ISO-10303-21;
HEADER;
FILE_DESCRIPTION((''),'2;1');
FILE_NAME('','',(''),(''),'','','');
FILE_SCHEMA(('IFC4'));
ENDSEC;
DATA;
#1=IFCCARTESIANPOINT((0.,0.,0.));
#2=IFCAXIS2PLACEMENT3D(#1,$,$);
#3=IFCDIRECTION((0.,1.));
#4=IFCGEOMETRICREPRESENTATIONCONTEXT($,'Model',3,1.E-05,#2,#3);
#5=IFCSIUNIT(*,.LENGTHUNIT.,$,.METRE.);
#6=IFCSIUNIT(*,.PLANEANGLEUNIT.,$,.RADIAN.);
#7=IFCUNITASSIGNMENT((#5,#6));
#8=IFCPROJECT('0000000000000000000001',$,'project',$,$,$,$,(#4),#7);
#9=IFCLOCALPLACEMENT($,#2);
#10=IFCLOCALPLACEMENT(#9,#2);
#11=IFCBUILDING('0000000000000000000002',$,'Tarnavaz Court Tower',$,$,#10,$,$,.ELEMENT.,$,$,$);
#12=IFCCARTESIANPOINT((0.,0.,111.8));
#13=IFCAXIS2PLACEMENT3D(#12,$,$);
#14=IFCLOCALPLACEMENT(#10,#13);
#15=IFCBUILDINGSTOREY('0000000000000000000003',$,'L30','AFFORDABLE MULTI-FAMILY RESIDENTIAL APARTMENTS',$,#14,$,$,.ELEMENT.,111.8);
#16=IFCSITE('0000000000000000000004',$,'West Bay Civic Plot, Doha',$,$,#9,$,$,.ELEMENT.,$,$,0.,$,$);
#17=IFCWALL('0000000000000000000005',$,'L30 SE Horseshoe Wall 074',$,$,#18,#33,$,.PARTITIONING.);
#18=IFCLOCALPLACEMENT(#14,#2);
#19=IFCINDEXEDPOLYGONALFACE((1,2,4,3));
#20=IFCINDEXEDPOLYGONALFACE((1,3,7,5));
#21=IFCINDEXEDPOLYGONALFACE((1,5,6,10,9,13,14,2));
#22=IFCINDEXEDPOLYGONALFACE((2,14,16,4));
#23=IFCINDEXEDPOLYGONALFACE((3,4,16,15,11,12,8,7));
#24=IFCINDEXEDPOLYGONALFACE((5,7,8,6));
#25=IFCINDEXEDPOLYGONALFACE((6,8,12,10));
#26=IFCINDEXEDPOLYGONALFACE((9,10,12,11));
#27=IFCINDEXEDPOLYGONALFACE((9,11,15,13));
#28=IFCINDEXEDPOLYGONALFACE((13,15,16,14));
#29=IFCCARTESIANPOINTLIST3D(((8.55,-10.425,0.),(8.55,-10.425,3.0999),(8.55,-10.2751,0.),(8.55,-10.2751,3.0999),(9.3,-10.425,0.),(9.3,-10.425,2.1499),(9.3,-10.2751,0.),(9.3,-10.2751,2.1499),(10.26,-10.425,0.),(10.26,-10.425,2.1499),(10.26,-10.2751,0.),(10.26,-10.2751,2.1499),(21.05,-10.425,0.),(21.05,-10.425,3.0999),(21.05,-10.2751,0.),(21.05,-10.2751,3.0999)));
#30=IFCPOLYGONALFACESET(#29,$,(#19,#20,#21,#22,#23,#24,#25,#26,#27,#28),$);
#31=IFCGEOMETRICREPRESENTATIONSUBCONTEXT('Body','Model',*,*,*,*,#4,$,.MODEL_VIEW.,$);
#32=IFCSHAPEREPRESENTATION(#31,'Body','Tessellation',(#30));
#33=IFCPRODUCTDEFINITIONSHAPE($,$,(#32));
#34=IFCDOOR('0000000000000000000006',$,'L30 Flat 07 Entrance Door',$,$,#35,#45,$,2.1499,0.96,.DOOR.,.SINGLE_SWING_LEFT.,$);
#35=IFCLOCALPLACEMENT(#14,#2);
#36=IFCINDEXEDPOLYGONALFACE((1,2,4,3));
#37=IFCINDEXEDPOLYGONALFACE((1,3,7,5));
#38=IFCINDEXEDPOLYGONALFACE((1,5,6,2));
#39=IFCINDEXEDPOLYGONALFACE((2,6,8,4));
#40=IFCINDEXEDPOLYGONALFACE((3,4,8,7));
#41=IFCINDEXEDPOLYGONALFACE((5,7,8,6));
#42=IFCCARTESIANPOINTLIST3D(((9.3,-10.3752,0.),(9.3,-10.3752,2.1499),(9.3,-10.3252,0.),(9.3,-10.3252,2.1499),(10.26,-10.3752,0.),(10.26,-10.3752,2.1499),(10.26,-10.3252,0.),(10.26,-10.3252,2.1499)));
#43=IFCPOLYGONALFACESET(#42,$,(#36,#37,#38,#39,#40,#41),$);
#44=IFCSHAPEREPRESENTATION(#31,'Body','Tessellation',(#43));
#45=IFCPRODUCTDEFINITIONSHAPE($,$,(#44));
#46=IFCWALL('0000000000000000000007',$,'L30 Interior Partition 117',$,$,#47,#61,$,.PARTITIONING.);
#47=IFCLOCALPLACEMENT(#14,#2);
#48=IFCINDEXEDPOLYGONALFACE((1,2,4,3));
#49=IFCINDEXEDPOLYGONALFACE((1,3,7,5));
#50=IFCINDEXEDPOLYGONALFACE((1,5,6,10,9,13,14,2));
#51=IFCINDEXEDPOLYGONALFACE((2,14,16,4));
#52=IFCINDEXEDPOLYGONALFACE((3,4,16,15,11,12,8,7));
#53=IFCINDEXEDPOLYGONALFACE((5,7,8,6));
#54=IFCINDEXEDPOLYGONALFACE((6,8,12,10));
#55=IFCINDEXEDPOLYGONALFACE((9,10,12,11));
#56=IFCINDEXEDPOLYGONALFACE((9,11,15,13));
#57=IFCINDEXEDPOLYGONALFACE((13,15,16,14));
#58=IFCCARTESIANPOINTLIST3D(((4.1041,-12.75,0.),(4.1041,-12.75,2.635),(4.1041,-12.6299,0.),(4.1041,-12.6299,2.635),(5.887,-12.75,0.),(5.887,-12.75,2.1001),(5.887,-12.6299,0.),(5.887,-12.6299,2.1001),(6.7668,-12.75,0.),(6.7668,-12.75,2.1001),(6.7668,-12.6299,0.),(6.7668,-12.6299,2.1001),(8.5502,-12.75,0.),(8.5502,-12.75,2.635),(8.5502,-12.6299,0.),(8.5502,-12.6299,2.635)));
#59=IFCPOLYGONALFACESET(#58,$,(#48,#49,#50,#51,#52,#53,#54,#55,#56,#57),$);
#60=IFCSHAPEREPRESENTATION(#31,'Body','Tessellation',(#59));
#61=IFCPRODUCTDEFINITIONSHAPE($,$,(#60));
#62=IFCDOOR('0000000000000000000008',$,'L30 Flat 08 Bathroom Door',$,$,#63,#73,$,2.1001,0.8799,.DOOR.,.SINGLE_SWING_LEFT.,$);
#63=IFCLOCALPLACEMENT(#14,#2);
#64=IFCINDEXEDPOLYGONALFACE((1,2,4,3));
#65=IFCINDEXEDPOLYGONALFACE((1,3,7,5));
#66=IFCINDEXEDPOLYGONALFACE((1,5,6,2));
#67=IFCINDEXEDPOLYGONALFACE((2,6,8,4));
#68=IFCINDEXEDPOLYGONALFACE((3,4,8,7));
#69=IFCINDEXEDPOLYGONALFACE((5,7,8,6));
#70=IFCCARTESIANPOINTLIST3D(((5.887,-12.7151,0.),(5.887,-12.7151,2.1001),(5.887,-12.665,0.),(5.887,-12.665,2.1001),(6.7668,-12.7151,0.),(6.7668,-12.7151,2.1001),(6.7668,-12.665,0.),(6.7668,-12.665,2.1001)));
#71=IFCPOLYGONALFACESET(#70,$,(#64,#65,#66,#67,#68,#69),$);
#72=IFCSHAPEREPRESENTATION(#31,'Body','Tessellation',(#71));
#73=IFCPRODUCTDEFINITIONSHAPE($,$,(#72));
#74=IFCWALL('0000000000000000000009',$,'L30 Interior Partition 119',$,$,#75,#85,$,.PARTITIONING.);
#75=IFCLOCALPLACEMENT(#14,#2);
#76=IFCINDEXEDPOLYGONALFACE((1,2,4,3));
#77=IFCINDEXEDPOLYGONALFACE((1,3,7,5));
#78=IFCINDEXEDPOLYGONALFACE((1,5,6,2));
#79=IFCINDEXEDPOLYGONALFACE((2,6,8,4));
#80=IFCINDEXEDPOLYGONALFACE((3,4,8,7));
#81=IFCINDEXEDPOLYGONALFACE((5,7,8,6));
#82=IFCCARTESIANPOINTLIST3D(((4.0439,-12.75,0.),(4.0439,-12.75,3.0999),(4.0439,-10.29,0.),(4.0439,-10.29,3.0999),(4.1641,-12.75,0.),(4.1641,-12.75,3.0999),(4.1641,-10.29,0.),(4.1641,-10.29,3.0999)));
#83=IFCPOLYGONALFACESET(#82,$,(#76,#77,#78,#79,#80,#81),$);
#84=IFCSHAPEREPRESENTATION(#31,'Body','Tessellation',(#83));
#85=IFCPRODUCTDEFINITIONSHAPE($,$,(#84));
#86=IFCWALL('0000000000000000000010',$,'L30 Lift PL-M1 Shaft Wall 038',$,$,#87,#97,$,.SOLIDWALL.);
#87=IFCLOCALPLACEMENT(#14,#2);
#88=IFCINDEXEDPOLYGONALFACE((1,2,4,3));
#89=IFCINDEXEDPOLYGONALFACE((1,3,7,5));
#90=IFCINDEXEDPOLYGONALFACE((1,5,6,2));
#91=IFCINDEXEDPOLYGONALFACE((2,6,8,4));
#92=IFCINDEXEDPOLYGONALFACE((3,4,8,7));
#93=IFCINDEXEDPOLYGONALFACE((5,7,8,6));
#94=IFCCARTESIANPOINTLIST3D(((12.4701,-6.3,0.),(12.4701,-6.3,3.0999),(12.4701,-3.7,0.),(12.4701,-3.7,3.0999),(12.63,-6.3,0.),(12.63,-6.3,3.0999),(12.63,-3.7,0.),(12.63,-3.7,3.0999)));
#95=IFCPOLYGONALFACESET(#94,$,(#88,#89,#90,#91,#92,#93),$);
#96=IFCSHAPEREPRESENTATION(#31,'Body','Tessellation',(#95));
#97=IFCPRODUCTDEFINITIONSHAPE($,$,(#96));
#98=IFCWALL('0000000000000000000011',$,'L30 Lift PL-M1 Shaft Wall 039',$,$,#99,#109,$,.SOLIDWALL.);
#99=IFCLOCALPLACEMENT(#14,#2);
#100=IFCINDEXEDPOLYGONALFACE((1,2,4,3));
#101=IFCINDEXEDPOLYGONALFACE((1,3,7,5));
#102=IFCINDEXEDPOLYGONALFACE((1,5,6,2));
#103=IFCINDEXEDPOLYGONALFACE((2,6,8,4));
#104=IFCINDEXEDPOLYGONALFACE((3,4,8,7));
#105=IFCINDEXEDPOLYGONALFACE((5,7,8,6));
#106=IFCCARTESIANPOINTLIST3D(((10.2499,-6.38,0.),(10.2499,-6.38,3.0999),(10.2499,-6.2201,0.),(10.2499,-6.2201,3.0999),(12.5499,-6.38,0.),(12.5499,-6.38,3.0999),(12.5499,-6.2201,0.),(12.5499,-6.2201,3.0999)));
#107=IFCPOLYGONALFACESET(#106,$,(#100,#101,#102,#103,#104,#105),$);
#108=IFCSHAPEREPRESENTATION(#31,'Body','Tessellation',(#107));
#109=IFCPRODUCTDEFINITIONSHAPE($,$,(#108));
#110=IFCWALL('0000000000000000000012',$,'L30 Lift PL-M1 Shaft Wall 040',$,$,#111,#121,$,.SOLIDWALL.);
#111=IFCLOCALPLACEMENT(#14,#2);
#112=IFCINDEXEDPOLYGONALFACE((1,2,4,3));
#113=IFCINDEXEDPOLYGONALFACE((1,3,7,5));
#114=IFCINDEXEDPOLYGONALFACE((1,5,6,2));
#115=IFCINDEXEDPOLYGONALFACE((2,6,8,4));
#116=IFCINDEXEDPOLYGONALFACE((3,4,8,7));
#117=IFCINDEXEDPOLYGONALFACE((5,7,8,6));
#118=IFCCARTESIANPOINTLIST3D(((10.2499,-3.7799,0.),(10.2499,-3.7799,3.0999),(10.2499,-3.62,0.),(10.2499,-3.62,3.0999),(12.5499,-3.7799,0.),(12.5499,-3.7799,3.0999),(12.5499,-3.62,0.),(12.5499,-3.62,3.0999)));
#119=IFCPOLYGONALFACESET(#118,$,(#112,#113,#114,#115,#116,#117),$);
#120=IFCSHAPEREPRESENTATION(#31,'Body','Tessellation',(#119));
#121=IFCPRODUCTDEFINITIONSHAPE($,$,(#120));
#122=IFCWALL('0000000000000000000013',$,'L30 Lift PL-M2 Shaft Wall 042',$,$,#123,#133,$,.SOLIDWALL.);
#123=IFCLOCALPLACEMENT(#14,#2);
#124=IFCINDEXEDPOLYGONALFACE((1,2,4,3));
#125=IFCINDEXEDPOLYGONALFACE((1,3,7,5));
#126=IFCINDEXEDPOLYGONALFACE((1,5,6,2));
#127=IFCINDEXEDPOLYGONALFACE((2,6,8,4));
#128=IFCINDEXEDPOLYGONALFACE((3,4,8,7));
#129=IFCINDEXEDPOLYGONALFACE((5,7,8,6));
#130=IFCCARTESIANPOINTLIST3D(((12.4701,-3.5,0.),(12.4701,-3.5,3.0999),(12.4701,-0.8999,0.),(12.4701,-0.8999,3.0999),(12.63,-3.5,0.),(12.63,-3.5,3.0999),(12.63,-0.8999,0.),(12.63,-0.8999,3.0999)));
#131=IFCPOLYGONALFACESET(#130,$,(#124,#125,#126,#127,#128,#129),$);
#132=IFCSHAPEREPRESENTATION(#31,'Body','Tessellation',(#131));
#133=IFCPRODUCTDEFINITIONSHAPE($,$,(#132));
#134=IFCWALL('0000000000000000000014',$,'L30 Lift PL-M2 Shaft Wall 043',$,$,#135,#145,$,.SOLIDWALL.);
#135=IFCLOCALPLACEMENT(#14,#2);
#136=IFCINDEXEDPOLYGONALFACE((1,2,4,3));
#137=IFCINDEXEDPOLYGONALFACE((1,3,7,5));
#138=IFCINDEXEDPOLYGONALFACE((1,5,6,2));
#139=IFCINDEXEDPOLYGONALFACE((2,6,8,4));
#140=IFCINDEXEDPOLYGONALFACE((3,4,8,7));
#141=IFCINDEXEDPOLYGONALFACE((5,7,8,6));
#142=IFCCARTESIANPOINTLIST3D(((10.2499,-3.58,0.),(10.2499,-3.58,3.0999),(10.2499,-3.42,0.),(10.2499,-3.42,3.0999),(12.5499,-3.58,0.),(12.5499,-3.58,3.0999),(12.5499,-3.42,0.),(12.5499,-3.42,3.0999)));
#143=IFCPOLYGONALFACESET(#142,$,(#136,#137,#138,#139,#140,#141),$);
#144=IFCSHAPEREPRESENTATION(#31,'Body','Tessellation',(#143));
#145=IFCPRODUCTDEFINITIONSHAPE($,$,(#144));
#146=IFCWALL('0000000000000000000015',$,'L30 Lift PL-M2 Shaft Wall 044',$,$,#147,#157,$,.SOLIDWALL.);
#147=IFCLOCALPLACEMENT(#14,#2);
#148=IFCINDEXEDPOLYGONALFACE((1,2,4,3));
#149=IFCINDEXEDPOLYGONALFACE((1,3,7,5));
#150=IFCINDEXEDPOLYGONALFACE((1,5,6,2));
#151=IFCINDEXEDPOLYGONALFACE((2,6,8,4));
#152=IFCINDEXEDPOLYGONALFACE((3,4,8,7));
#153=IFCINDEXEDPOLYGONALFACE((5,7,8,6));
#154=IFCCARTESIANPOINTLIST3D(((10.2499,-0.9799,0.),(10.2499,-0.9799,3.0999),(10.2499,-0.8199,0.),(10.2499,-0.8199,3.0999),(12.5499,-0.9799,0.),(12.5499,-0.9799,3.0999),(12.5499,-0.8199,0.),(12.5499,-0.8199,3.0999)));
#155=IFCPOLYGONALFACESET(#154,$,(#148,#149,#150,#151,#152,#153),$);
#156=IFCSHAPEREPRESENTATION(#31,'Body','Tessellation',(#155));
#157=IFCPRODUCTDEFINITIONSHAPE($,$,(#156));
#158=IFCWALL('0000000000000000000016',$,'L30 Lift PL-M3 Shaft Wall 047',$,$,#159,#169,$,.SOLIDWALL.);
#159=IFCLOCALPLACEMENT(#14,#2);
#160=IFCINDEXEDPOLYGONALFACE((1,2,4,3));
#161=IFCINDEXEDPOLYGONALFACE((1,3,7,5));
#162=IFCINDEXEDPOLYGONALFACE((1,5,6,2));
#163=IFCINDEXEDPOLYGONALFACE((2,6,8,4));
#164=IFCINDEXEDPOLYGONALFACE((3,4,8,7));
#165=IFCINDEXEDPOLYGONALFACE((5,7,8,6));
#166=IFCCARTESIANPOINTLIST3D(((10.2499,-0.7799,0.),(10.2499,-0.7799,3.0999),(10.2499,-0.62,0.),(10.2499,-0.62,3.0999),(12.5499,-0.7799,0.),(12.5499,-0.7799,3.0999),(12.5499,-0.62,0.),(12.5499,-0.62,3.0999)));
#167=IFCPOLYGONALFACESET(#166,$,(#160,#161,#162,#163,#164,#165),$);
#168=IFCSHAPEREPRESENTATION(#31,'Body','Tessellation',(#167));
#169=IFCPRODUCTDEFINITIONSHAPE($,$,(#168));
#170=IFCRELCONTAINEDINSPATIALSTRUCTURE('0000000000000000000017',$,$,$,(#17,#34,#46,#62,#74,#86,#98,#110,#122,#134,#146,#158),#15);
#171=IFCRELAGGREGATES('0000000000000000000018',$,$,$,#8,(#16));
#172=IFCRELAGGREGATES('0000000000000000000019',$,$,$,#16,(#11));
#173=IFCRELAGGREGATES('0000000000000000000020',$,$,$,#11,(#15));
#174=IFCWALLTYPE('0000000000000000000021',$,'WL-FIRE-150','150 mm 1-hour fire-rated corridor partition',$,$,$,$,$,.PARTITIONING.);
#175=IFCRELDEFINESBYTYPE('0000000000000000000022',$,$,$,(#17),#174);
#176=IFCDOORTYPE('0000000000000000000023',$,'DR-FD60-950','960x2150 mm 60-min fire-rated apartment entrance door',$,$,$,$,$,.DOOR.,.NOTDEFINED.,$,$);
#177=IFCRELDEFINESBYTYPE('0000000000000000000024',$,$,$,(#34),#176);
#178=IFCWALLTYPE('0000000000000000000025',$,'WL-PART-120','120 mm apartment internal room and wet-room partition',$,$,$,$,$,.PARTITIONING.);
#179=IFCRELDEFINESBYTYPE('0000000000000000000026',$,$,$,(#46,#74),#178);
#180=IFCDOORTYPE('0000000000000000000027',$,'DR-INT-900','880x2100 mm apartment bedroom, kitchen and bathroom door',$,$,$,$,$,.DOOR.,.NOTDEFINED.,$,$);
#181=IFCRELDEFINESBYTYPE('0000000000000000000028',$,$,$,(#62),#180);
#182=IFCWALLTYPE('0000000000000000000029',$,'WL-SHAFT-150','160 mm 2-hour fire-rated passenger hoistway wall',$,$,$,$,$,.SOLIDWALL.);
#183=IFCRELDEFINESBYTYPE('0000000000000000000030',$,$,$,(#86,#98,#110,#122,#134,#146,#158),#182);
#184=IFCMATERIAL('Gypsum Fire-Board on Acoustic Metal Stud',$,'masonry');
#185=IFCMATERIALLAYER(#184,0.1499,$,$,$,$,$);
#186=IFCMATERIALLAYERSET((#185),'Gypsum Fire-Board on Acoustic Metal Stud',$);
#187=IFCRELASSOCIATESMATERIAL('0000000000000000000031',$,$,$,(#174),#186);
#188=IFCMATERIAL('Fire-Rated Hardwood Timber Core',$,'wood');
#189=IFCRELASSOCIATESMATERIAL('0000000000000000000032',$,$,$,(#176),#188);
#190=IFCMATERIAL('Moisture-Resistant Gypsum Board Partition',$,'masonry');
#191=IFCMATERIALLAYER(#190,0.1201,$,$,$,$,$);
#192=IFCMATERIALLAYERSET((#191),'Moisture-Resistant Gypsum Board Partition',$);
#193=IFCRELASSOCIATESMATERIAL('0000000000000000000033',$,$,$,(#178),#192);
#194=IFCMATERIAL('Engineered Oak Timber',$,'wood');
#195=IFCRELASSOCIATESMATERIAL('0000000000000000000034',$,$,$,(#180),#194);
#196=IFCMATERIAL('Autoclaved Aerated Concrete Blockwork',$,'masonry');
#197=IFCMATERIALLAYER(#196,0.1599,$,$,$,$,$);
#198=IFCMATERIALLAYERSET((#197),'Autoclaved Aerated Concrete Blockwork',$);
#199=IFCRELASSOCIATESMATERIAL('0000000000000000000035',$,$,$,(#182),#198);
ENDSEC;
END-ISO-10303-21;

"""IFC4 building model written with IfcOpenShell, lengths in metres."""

from ifc_helpers import new_model, si_unit, direction, frame, frame_2d, origin, place, context, subcontext, project, spatial, rectangle, extrude, material, layer, layer_set, type_object, element, fill, save


model = new_model("IFC4")

# Units and contexts
model_context = context("Model", 3, precision=1e-05, world=origin(), true_north=direction((0.0, 1.0)))
body_context = subcontext(model_context, "Body", "Model", "MODEL_VIEW")
ifc_project = project(units=[si_unit("LENGTHUNIT", "METRE"), si_unit("PLANEANGLEUNIT", "RADIAN")], contexts=[model_context])

# Site, building, storey
site_placement = place(None, origin())
site = spatial("IfcSite", under=ifc_project, at=site_placement, Name="West Bay Civic Plot, Doha", CompositionType="ELEMENT", RefElevation=0.0)
building_placement = place(site_placement, origin())
building = spatial("IfcBuilding", under=site, at=building_placement, Name="Tarnavaz Court Tower", CompositionType="ELEMENT")
storey_placement = place(building_placement, frame((0.0, 0.0, 111.8)))
storey = spatial("IfcBuildingStorey", under=building, at=storey_placement, Name="L30", Description="AFFORDABLE MULTI-FAMILY RESIDENTIAL APARTMENTS", CompositionType="ELEMENT", Elevation=111.8)

# Walls, openings, doors
ifc_material_1 = material(Name="Gypsum Fire-Board on Acoustic Metal Stud", Category="masonry")
ifc_layer_1 = layer(ifc_material_1, 0.1499)
ifc_layer_set_1 = layer_set([ifc_layer_1], Name="Gypsum Fire-Board on Acoustic Metal Stud")
wall_type_1 = type_object("IfcWallType", Name="WL-FIRE-150", Description="150 mm 1-hour fire-rated corridor partition", PredefinedType="PARTITIONING", material=ifc_layer_set_1)
wall_1_placement = place(storey_placement, frame((8.55, -10.3501, 0.0), z_axis=(0.0, 0.0, 1.0), x_axis=(1.0, 0.0, 0.0)))
wall_1 = element("IfcWall", 1, at=wall_1_placement, inside=storey, type_object=wall_type_1, Name="L30 SE Horseshoe Wall 074", PredefinedType="PARTITIONING", context=body_context, shape_type="SweptSolid", body=[
    extrude(rectangle(XDim=12.5, YDim=0.1499, at=frame_2d((6.25, 0.0))), origin(), (0.0, 0.0, 1.0), 3.0999),
])
opening_1_placement = place(wall_1_placement, frame((0.75, 0.0, 0.0)))
opening_1 = element("IfcOpeningElement", 2, at=opening_1_placement, cuts=wall_1, PredefinedType="OPENING", context=body_context, shape_type="SweptSolid", body=[
    extrude(rectangle(XDim=0.96, YDim=2.1499, at=frame_2d((0.48, 1.075))), frame((0.0, 0.085, 0.0), z_axis=(0.0, -1.0, 0.0), x_axis=(1.0, 0.0, 0.0)), (0.0, 0.0, 1.0), 0.1699),
])
ifc_material_2 = material(Name="Fire-Rated Hardwood Timber Core", Category="wood")
door_type_1 = type_object("IfcDoorType", Name="DR-FD60-950", Description="960x2150 mm 60-min fire-rated apartment entrance door", OperationType="NOTDEFINED", PredefinedType="DOOR", material=ifc_material_2)
door_1_placement = place(opening_1_placement, origin())
door_1 = element("IfcDoor", 3, at=door_1_placement, inside=storey, type_object=door_type_1, Name="L30 Flat 07 Entrance Door", OperationType="SINGLE_SWING_LEFT", OverallHeight=2.1499, OverallWidth=0.96, PredefinedType="DOOR", context=body_context, shape_type="SweptSolid", body=[
    extrude(rectangle(XDim=0.96, YDim=2.1499, at=frame_2d((0.48, 1.075))), frame((0.0, 0.0249, 0.0), z_axis=(0.0, -1.0, 0.0), x_axis=(1.0, 0.0, 0.0)), (0.0, 0.0, 1.0), 0.05),
])
fill(opening_1, door_1)
ifc_material_3 = material(Name="Moisture-Resistant Gypsum Board Partition", Category="masonry")
ifc_layer_2 = layer(ifc_material_3, 0.1201)
ifc_layer_set_2 = layer_set([ifc_layer_2], Name="Moisture-Resistant Gypsum Board Partition")
wall_type_2 = type_object("IfcWallType", Name="WL-PART-120", Description="120 mm apartment internal room and wet-room partition", PredefinedType="PARTITIONING", material=ifc_layer_set_2)
wall_2_placement = place(storey_placement, frame((4.104, -12.6899, 0.0), z_axis=(0.0, 0.0, 1.0), x_axis=(1.0, 0.0, 0.0)))
wall_2 = element("IfcWall", 4, at=wall_2_placement, inside=storey, type_object=wall_type_2, Name="L30 Interior Partition 117", PredefinedType="PARTITIONING", context=body_context, shape_type="SweptSolid", body=[
    extrude(rectangle(XDim=4.446, YDim=0.1201, at=frame_2d((2.2231, 0.0))), origin(), (0.0, 0.0, 1.0), 2.635),
])
opening_2_placement = place(wall_2_placement, frame((1.783, 0.0, 0.0)))
opening_2 = element("IfcOpeningElement", 5, at=opening_2_placement, cuts=wall_2, PredefinedType="OPENING", context=body_context, shape_type="SweptSolid", body=[
    extrude(rectangle(XDim=0.8799, YDim=2.1001, at=frame_2d((0.4399, 1.05))), frame((0.0, 0.0701, 0.0), z_axis=(0.0, -1.0, 0.0), x_axis=(1.0, 0.0, 0.0)), (0.0, 0.0, 1.0), 0.1401),
])
ifc_material_4 = material(Name="Engineered Oak Timber", Category="wood")
door_type_2 = type_object("IfcDoorType", Name="DR-INT-900", Description="880x2100 mm apartment bedroom, kitchen and bathroom door", OperationType="NOTDEFINED", PredefinedType="DOOR", material=ifc_material_4)
door_2_placement = place(opening_2_placement, origin())
door_2 = element("IfcDoor", 6, at=door_2_placement, inside=storey, type_object=door_type_2, Name="L30 Flat 08 Bathroom Door", OperationType="SINGLE_SWING_LEFT", OverallHeight=2.1001, OverallWidth=0.8799, PredefinedType="DOOR", context=body_context, shape_type="SweptSolid", body=[
    extrude(rectangle(XDim=0.8799, YDim=2.1001, at=frame_2d((0.4399, 1.05))), frame((0.0, 0.0249, 0.0), z_axis=(0.0, -1.0, 0.0), x_axis=(1.0, 0.0, 0.0)), (0.0, 0.0, 1.0), 0.05),
])
fill(opening_2, door_2)

# Wall
wall_3_placement = place(storey_placement, frame((4.104, -12.75, 0.0), z_axis=(0.0, 0.0, 1.0), x_axis=(0.0, 1.0, 0.0)))
element("IfcWall", 7, at=wall_3_placement, inside=storey, type_object=wall_type_2, Name="L30 Interior Partition 119", PredefinedType="PARTITIONING", context=body_context, shape_type="SweptSolid", body=[
    extrude(rectangle(XDim=2.46, YDim=0.1201, at=frame_2d((1.23, 0.0))), origin(), (0.0, 0.0, 1.0), 3.0999),
])

# Shared definitions
ifc_material_5 = material(Name="Autoclaved Aerated Concrete Blockwork", Category="masonry")
ifc_layer_3 = layer(ifc_material_5, 0.1599)
ifc_layer_set_3 = layer_set([ifc_layer_3], Name="Autoclaved Aerated Concrete Blockwork")
wall_type_3 = type_object("IfcWallType", Name="WL-SHAFT-150", Description="160 mm 2-hour fire-rated passenger hoistway wall", PredefinedType="SOLIDWALL", material=ifc_layer_set_3)

# Walls
wall_4_placement = place(storey_placement, frame((12.55, -6.3, 0.0), z_axis=(0.0, 0.0, 1.0), x_axis=(0.0, 1.0, 0.0)))
element("IfcWall", 8, at=wall_4_placement, inside=storey, type_object=wall_type_3, Name="L30 Lift PL-M1 Shaft Wall 038", PredefinedType="SOLIDWALL", context=body_context, shape_type="SweptSolid", body=[
    extrude(rectangle(XDim=2.6001, YDim=0.1599, at=frame_2d((1.3, 0.0))), origin(), (0.0, 0.0, 1.0), 3.0999),
])
for number, where, z_axis, x_axis, name in (
    (9, (10.25, -6.3, 0.0), (0.0, 0.0, 1.0), (1.0, 0.0, 0.0), "L30 Lift PL-M1 Shaft Wall 039"),
    (10, (10.25, -3.7, 0.0), (0.0, 0.0, 1.0), (1.0, 0.0, 0.0), "L30 Lift PL-M1 Shaft Wall 040"),
):
    element("IfcWall", number, at=place(storey_placement, frame(where, z_axis=z_axis, x_axis=x_axis)), inside=storey, type_object=wall_type_3, Name=name, PredefinedType="SOLIDWALL", context=body_context, shape_type="SweptSolid", body=[
        extrude(rectangle(XDim=2.3, YDim=0.1599, at=frame_2d((1.1499, 0.0))), origin(), (0.0, 0.0, 1.0), 3.0999),
    ])

# Walls
wall_5_placement = place(storey_placement, frame((12.55, -3.5, 0.0), z_axis=(0.0, 0.0, 1.0), x_axis=(0.0, 1.0, 0.0)))
element("IfcWall", 11, at=wall_5_placement, inside=storey, type_object=wall_type_3, Name="L30 Lift PL-M2 Shaft Wall 042", PredefinedType="SOLIDWALL", context=body_context, shape_type="SweptSolid", body=[
    extrude(rectangle(XDim=2.6001, YDim=0.1599, at=frame_2d((1.3, 0.0))), origin(), (0.0, 0.0, 1.0), 3.0999),
])
for number, where, z_axis, x_axis, name in (
    (12, (10.25, -3.5, 0.0), (0.0, 0.0, 1.0), (1.0, 0.0, 0.0), "L30 Lift PL-M2 Shaft Wall 043"),
    (13, (10.25, -0.8999, 0.0), (0.0, 0.0, 1.0), (1.0, 0.0, 0.0), "L30 Lift PL-M2 Shaft Wall 044"),
):
    element("IfcWall", number, at=place(storey_placement, frame(where, z_axis=z_axis, x_axis=x_axis)), inside=storey, type_object=wall_type_3, Name=name, PredefinedType="SOLIDWALL", context=body_context, shape_type="SweptSolid", body=[
        extrude(rectangle(XDim=2.3, YDim=0.1599, at=frame_2d((1.1499, 0.0))), origin(), (0.0, 0.0, 1.0), 3.0999),
    ])

# Wall
wall_6_placement = place(storey_placement, frame((10.25, -0.7, 0.0), z_axis=(0.0, 0.0, 1.0), x_axis=(1.0, 0.0, 0.0)))
element("IfcWall", 14, at=wall_6_placement, inside=storey, type_object=wall_type_3, Name="L30 Lift PL-M3 Shaft Wall 047", PredefinedType="SOLIDWALL", context=body_context, shape_type="SweptSolid", body=[
    extrude(rectangle(XDim=2.3, YDim=0.1599, at=frame_2d((1.1499, 0.0))), origin(), (0.0, 0.0, 1.0), 3.0999),
])

save(model, "model.ifc")
